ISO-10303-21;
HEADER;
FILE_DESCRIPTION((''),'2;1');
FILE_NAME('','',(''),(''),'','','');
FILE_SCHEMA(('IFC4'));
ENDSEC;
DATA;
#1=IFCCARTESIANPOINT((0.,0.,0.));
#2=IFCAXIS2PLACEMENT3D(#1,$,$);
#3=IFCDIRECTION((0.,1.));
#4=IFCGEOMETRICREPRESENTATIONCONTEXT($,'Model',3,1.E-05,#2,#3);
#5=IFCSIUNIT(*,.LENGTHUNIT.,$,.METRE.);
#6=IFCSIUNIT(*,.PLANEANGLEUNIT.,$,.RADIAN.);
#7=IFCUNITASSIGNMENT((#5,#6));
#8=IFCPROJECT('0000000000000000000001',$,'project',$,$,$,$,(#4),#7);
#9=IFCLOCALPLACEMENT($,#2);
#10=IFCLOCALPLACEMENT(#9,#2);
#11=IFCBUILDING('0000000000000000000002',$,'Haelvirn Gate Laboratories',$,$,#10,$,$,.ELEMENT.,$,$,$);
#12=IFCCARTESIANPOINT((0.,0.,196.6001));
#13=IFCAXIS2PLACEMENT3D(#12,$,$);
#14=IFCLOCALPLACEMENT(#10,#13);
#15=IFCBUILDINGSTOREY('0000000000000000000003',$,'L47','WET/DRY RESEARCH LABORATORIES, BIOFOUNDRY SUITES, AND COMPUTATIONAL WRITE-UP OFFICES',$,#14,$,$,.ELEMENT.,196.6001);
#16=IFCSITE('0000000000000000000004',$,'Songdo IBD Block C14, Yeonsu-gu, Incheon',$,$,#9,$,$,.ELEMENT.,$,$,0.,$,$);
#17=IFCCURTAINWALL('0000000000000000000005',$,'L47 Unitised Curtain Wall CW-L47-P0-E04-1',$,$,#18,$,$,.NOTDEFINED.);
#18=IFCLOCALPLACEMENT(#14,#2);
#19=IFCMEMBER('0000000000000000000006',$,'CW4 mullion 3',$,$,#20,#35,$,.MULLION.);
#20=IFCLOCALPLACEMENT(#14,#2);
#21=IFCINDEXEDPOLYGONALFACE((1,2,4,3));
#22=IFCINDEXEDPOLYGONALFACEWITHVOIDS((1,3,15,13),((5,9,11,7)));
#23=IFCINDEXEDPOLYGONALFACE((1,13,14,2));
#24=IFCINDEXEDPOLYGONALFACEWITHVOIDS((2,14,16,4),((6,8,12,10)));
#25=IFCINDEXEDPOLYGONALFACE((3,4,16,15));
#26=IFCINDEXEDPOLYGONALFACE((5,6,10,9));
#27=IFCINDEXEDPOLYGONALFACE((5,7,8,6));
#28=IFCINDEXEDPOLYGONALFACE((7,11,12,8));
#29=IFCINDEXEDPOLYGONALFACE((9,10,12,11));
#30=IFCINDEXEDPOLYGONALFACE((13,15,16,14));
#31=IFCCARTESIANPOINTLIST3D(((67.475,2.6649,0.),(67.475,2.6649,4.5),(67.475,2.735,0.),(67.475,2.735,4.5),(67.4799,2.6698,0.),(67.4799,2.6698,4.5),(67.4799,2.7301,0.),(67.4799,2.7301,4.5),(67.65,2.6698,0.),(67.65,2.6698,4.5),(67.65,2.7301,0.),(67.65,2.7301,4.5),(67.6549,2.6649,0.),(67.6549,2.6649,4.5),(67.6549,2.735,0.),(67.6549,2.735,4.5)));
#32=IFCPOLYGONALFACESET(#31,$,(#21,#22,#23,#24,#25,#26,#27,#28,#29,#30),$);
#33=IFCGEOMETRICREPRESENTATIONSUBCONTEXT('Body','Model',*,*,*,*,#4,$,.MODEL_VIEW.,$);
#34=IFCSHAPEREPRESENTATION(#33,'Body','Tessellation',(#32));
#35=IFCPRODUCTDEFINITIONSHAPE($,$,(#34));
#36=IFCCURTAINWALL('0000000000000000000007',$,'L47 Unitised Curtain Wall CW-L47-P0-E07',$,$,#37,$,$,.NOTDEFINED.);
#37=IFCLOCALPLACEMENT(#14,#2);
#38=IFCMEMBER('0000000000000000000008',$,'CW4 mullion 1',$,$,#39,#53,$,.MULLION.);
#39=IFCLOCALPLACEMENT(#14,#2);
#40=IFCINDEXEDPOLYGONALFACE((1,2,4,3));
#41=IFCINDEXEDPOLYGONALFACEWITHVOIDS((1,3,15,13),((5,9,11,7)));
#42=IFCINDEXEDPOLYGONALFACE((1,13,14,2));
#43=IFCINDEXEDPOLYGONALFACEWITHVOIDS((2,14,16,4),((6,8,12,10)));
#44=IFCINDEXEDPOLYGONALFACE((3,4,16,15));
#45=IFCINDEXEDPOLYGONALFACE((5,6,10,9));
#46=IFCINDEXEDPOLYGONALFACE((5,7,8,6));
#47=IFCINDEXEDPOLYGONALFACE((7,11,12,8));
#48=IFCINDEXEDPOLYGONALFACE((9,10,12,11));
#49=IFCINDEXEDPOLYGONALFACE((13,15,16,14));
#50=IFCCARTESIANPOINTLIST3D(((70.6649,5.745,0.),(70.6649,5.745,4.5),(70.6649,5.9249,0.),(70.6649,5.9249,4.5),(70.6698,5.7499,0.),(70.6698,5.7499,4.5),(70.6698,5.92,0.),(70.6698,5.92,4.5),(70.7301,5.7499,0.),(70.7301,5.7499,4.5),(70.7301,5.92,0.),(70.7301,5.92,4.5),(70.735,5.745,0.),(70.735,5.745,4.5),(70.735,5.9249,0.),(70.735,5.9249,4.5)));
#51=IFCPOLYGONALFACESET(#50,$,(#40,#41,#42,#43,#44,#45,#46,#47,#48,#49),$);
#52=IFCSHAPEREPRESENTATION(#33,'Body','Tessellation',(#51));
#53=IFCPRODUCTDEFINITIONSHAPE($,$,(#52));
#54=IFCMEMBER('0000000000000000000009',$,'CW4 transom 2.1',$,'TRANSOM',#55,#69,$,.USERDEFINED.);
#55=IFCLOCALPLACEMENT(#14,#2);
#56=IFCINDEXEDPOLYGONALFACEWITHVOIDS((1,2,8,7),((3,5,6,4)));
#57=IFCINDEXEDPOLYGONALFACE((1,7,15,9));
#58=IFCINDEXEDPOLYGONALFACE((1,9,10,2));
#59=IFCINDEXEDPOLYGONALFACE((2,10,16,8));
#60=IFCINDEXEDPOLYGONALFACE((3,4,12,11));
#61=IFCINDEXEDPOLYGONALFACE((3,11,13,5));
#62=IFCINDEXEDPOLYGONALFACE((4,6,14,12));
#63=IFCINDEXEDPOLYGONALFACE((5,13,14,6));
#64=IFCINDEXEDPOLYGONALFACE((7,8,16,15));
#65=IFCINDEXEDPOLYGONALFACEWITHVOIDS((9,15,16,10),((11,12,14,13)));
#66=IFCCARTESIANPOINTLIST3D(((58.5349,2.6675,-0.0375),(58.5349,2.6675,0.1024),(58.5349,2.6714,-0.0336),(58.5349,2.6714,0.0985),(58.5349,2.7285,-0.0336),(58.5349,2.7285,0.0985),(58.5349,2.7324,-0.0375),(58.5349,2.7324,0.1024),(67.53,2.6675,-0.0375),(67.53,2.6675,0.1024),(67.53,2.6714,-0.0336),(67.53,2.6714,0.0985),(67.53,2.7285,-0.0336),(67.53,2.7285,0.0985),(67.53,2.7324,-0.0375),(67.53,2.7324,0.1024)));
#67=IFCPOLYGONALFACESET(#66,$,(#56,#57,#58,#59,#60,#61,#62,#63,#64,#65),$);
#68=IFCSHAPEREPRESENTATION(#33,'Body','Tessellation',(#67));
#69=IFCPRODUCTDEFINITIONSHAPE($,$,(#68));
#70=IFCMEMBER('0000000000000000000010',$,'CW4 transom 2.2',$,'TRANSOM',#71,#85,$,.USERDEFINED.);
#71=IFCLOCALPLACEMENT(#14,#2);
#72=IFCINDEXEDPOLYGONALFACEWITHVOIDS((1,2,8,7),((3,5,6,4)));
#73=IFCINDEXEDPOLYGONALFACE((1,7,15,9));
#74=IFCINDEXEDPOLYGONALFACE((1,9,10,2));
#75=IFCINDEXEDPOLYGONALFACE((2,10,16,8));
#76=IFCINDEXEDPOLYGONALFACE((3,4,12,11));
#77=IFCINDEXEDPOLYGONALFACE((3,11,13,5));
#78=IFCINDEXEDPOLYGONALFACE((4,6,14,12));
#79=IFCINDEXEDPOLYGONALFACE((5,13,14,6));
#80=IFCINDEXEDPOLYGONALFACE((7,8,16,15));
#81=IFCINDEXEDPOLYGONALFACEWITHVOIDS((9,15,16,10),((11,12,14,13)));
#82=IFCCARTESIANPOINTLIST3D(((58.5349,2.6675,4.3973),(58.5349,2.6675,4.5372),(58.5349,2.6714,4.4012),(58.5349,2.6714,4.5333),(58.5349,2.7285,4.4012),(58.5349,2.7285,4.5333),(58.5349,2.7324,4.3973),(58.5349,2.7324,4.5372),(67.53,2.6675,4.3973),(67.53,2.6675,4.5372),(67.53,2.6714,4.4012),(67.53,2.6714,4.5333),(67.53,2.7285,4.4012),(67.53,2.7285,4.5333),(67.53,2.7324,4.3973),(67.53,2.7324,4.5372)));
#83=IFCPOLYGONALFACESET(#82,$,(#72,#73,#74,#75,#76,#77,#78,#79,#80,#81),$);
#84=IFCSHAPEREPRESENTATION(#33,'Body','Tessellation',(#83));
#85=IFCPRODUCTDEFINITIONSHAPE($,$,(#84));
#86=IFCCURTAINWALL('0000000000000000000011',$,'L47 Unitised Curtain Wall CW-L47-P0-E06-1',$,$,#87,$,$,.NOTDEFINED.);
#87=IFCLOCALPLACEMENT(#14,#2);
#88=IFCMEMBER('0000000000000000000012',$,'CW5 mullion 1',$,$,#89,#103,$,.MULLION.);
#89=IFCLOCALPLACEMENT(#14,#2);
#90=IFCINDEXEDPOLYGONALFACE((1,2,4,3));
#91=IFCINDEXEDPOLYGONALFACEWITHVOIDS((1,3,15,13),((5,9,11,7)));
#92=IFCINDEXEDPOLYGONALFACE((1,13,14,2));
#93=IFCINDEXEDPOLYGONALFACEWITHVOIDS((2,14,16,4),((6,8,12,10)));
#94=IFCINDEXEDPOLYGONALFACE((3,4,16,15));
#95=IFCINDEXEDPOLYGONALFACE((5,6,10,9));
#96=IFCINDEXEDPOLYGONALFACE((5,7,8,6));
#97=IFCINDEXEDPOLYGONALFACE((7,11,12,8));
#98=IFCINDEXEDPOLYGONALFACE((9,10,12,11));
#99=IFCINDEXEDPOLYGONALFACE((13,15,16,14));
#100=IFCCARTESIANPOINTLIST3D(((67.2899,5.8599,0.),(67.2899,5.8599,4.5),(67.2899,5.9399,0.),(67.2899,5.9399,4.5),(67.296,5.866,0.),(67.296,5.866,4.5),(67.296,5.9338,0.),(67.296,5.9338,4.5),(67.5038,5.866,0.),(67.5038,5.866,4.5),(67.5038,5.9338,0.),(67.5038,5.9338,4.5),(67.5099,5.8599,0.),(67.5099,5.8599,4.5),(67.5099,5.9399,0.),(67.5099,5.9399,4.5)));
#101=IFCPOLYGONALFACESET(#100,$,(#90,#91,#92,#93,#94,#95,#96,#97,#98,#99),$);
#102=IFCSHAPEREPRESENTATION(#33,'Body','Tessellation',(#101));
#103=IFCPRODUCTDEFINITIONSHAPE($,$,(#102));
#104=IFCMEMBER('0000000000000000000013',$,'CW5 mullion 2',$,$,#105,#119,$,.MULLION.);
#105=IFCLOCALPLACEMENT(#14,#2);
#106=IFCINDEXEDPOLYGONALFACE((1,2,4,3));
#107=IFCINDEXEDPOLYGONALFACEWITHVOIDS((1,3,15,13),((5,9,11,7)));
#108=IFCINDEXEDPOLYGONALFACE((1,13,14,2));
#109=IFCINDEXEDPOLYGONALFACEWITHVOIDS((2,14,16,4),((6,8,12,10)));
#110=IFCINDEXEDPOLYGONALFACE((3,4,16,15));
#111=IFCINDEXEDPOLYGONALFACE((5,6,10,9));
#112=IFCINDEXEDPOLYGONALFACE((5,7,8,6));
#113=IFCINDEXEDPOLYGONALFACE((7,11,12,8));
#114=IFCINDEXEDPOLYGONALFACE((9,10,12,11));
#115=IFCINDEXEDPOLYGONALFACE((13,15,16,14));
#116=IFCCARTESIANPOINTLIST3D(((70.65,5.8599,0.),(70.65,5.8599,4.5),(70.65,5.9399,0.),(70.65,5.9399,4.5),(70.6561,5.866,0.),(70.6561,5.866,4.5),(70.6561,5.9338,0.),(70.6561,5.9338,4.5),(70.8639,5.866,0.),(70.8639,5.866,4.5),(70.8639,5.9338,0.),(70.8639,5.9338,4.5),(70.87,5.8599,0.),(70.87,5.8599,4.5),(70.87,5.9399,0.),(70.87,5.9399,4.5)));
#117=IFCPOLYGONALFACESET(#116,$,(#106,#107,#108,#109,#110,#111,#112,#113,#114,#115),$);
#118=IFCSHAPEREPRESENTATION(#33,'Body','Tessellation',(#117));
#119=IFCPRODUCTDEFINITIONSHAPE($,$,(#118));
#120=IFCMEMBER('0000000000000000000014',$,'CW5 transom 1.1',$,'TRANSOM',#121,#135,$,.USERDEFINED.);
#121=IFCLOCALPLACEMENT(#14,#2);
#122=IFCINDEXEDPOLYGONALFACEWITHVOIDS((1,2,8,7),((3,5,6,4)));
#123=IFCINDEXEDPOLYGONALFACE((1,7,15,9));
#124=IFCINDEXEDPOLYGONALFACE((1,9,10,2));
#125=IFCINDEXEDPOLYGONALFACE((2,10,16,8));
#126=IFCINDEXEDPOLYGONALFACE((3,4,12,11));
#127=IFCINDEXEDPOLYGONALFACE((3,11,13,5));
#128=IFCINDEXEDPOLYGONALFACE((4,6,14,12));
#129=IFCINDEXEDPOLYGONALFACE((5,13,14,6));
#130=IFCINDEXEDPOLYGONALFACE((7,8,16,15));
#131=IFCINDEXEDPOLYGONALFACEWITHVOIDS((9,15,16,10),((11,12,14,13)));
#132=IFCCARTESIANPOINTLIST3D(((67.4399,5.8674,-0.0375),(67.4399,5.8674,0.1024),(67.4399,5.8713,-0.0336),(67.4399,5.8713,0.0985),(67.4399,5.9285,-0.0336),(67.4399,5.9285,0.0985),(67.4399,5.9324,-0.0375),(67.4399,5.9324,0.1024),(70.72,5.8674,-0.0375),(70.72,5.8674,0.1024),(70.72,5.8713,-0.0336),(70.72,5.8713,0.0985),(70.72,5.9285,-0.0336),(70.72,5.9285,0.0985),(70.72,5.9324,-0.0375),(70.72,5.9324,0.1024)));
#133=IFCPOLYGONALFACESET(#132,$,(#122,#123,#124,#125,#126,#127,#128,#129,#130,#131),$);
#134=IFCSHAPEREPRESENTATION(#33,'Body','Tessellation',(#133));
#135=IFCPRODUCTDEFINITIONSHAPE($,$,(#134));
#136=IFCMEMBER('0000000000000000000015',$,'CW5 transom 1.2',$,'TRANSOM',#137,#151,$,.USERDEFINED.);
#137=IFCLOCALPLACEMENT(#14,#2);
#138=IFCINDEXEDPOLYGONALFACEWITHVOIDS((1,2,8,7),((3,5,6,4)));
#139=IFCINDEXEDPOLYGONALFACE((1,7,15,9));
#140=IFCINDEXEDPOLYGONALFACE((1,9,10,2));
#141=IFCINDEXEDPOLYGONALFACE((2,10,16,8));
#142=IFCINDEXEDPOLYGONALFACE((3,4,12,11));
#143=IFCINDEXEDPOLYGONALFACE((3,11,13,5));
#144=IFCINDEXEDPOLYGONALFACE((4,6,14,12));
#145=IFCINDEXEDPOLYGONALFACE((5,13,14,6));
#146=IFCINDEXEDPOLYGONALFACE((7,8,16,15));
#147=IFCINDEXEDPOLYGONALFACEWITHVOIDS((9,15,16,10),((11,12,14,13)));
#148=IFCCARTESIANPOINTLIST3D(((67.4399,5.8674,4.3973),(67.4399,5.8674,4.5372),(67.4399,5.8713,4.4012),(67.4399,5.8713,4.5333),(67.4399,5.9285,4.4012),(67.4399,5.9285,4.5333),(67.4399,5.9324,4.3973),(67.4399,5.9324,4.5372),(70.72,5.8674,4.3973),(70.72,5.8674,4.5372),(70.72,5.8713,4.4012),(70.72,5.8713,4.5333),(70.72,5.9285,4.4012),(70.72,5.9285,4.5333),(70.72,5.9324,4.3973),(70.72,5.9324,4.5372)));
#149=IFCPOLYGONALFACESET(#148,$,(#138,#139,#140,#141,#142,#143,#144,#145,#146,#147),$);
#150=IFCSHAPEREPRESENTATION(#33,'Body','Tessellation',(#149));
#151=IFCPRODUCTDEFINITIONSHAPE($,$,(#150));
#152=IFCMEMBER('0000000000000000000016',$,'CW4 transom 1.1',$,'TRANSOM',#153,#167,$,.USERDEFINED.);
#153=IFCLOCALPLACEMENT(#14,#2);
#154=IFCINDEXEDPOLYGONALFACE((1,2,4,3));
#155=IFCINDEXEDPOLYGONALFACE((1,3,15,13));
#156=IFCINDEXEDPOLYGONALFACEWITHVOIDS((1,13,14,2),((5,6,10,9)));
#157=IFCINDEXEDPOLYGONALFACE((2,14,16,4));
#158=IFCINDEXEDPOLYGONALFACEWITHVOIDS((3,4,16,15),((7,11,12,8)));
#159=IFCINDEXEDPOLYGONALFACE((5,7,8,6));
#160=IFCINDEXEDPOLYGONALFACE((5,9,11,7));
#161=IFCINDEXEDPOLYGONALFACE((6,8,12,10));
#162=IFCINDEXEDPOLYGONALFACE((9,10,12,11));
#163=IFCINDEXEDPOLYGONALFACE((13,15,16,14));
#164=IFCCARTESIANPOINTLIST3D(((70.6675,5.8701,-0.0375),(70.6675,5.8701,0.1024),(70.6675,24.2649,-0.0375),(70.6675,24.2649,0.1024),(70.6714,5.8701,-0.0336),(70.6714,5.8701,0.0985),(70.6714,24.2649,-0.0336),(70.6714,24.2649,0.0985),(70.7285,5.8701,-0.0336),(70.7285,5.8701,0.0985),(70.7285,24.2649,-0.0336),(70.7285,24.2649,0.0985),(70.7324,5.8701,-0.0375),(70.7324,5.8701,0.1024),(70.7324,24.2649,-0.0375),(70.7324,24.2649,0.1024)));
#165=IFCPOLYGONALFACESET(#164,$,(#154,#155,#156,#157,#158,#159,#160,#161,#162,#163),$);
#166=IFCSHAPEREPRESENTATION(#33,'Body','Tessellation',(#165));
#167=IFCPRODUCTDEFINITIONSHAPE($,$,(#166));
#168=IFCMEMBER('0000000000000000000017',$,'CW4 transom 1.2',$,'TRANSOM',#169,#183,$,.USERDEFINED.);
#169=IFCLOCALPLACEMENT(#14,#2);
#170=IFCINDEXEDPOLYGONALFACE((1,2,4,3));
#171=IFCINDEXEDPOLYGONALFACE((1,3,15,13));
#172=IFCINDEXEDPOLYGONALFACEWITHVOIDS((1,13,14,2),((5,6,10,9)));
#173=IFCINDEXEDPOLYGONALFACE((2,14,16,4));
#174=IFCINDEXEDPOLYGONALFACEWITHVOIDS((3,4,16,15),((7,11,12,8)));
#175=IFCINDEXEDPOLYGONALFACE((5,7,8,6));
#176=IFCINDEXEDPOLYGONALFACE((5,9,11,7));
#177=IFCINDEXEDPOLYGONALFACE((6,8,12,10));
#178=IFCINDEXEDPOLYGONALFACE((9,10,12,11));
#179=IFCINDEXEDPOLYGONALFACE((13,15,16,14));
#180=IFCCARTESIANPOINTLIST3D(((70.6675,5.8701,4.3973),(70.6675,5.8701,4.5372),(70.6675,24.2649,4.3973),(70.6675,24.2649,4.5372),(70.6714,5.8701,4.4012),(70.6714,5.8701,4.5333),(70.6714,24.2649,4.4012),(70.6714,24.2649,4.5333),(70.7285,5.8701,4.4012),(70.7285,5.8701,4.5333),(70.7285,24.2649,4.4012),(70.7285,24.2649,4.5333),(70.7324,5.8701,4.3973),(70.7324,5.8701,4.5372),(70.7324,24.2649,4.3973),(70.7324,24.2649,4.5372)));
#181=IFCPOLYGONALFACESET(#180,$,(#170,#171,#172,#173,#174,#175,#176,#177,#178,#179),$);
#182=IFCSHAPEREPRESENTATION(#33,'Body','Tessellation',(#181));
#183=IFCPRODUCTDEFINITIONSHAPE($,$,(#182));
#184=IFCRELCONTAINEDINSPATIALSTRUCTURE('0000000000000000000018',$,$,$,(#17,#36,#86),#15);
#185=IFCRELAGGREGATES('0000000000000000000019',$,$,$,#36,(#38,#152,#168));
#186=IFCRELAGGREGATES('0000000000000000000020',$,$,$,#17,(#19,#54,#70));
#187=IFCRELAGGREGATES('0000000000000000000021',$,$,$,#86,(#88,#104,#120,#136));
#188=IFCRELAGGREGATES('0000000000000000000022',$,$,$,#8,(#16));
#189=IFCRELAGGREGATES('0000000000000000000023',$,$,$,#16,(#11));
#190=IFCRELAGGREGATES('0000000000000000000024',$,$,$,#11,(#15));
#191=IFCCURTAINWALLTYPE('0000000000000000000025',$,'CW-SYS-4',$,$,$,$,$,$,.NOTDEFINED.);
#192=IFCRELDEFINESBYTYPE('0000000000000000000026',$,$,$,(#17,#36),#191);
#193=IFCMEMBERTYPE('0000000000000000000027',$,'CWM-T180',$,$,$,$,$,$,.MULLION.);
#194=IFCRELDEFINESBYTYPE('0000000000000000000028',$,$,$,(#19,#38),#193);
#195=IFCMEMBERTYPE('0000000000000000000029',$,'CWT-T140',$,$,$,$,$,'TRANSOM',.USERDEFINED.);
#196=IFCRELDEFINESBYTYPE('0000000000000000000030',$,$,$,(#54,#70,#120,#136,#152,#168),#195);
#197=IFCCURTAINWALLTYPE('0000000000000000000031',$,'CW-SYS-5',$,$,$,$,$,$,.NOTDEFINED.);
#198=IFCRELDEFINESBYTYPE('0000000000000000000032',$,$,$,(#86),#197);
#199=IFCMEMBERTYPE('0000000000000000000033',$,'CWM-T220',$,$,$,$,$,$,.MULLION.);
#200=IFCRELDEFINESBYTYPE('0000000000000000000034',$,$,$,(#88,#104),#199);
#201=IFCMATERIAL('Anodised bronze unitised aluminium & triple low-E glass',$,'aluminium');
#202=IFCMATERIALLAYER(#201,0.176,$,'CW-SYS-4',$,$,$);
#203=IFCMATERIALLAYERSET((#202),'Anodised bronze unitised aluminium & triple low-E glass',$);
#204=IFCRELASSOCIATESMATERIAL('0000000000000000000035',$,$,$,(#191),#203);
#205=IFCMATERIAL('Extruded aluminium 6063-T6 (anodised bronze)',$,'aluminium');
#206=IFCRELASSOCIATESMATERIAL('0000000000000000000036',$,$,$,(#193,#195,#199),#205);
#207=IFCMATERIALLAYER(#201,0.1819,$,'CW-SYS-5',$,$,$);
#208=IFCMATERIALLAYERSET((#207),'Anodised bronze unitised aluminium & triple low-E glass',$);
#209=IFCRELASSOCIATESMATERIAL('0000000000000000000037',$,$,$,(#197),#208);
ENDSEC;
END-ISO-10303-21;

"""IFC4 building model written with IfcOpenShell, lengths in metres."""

from ifc_helpers import new_model, si_unit, direction, frame, origin, origin_2d, place, context, subcontext, project, spatial, hollow_rectangle, extrude, source, transform, mapped, material, layer, layer_set, material_profile, profile_set, type_object, type_shapes, element, aggregate, save


model = new_model("IFC4")

# Units and contexts
model_context = context("Model", 3, precision=1e-05, world=origin(), true_north=direction((0.0, 1.0)))
body_context = subcontext(model_context, "Body", "Model", "MODEL_VIEW")
ifc_project = project(units=[si_unit("LENGTHUNIT", "METRE"), si_unit("PLANEANGLEUNIT", "RADIAN")], contexts=[model_context])

# Site, building, storey
site_placement = place(None, origin())
site = spatial("IfcSite", under=ifc_project, at=site_placement, Name="Songdo IBD Block C14, Yeonsu-gu, Incheon", CompositionType="ELEMENT", RefElevation=0.0)
building_placement = place(site_placement, origin())
building = spatial("IfcBuilding", under=site, at=building_placement, Name="Haelvirn Gate Laboratories", CompositionType="ELEMENT")
storey_placement = place(building_placement, frame((0.0, 0.0, 196.6001)))
storey = spatial("IfcBuildingStorey", under=building, at=storey_placement, Name="L47", Description="WET/DRY RESEARCH LABORATORIES, BIOFOUNDRY SUITES, AND COMPUTATIONAL WRITE-UP OFFICES", CompositionType="ELEMENT", Elevation=196.6001)

# Curtain wall, member
ifc_material_1 = material(Name="Anodised bronze unitised aluminium & triple low-E glass", Category="aluminium")
ifc_layer_1 = layer(ifc_material_1, 0.176, Name="CW-SYS-4")
ifc_layer_set_1 = layer_set([ifc_layer_1], Name="Anodised bronze unitised aluminium & triple low-E glass")
curtain_wall_type_1 = type_object("IfcCurtainWallType", Name="CW-SYS-4", PredefinedType="NOTDEFINED", material=ifc_layer_set_1)
curtain_wall_1_placement = place(storey_placement, origin())
curtain_wall_1 = element("IfcCurtainWall", 1, at=curtain_wall_1_placement, inside=storey, type_object=curtain_wall_type_1, Name="L47 Unitised Curtain Wall CW-L47-P0-E04-1", PredefinedType="NOTDEFINED")
ifc_material_2 = material(Name="Extruded aluminium 6063-T6 (anodised bronze)", Category="aluminium")
ifc_material_profile_1 = material_profile(ifc_material_2, hollow_rectangle(XDim=0.0701, YDim=0.1799, WallThickness=0.0049, at=origin_2d()), Name="CWM-180x70x5")
ifc_profile_set_1 = profile_set([ifc_material_profile_1], Name="Extruded aluminium 6063-T6 (anodised bronze)")
member_type_1 = type_object("IfcMemberType", Name="CWM-T180", PredefinedType="MULLION", material=ifc_profile_set_1)
shared_shape_1 = source(origin(), body_context, "Body", "SweptSolid", [
    extrude(hollow_rectangle(XDim=0.0701, YDim=0.1799, WallThickness=0.0049, at=origin_2d()), origin(), (0.0, 0.0, 1.0), 4.5),
])
type_shapes(member_type_1, [shared_shape_1])
member_1_placement = place(storey_placement, frame((67.5649, 2.7, 0.0), z_axis=(0.0, 0.0, 1.0), x_axis=(0.0, 1.0, 0.0)))
member_1 = element("IfcMember", 2, at=member_1_placement, type_object=member_type_1, Name="CW4 mullion 3", PredefinedType="MULLION", context=body_context, shape_type="MappedRepresentation", body=[
    mapped(shared_shape_1, transform((0.0, 0.0, 0.0), scale=1.0)),
])

# Curtain wall, member
curtain_wall_2_placement = place(storey_placement, origin())
curtain_wall_2 = element("IfcCurtainWall", 3, at=curtain_wall_2_placement, inside=storey, type_object=curtain_wall_type_1, Name="L47 Unitised Curtain Wall CW-L47-P0-E07", PredefinedType="NOTDEFINED")
member_2_placement = place(storey_placement, frame((70.7, 5.835, 0.0), z_axis=(0.0, 0.0, 1.0), x_axis=(-1.0, 0.0, 0.0)))
member_2 = element("IfcMember", 4, at=member_2_placement, type_object=member_type_1, Name="CW4 mullion 1", PredefinedType="MULLION", context=body_context, shape_type="MappedRepresentation", body=[
    mapped(shared_shape_1, transform((0.0, 0.0, 0.0), scale=1.0)),
])

# Members
ifc_material_profile_2 = material_profile(ifc_material_2, hollow_rectangle(XDim=0.0649, YDim=0.1399, WallThickness=0.0039, at=origin_2d()), Name="CWT-140x65x4")
ifc_profile_set_2 = profile_set([ifc_material_profile_2], Name="Extruded aluminium 6063-T6 (anodised bronze)")
member_type_2 = type_object("IfcMemberType", Name="CWT-T140", ElementType="TRANSOM", PredefinedType="USERDEFINED", material=ifc_profile_set_2)
shared_shape_2 = source(origin(), body_context, "Body", "SweptSolid", [
    extrude(hollow_rectangle(XDim=0.0649, YDim=0.1399, WallThickness=0.0039, at=origin_2d()), origin(), (0.0, 0.0, 1.0), 8.9951),
])
member_3_placement = place(storey_placement, frame((58.5349, 2.7, 0.0325), z_axis=(1.0, 0.0, 0.0), x_axis=(0.0, 1.0, 0.0)))
member_3 = element("IfcMember", 5, at=member_3_placement, type_object=member_type_2, Name="CW4 transom 2.1", ObjectType="TRANSOM", PredefinedType="USERDEFINED", context=body_context, shape_type="MappedRepresentation", body=[
    mapped(shared_shape_2, transform((0.0, 0.0, 0.0), scale=1.0)),
])
member_4_placement = place(storey_placement, frame((58.5349, 2.7, 4.4673), z_axis=(1.0, 0.0, 0.0), x_axis=(0.0, 1.0, 0.0)))
member_4 = element("IfcMember", 6, at=member_4_placement, type_object=member_type_2, Name="CW4 transom 2.2", ObjectType="TRANSOM", PredefinedType="USERDEFINED", context=body_context, shape_type="MappedRepresentation", body=[
    mapped(shared_shape_2, transform((0.0, 0.0, 0.0), scale=1.0)),
])

# Curtain wall, members
ifc_layer_2 = layer(ifc_material_1, 0.1819, Name="CW-SYS-5")
ifc_layer_set_2 = layer_set([ifc_layer_2], Name="Anodised bronze unitised aluminium & triple low-E glass")
curtain_wall_type_2 = type_object("IfcCurtainWallType", Name="CW-SYS-5", PredefinedType="NOTDEFINED", material=ifc_layer_set_2)
curtain_wall_3_placement = place(storey_placement, origin())
curtain_wall_3 = element("IfcCurtainWall", 7, at=curtain_wall_3_placement, inside=storey, type_object=curtain_wall_type_2, Name="L47 Unitised Curtain Wall CW-L47-P0-E06-1", PredefinedType="NOTDEFINED")
ifc_material_profile_3 = material_profile(ifc_material_2, hollow_rectangle(XDim=0.0801, YDim=0.22, WallThickness=0.0061, at=origin_2d()), Name="CWM-220x80x6")
ifc_profile_set_3 = profile_set([ifc_material_profile_3], Name="Extruded aluminium 6063-T6 (anodised bronze)")
member_type_3 = type_object("IfcMemberType", Name="CWM-T220", PredefinedType="MULLION", material=ifc_profile_set_3)
shared_shape_3 = source(origin(), body_context, "Body", "SweptSolid", [
    extrude(hollow_rectangle(XDim=0.0801, YDim=0.22, WallThickness=0.0061, at=origin_2d()), origin(), (0.0, 0.0, 1.0), 4.5),
])
type_shapes(member_type_3, [shared_shape_3])
member_5_placement = place(storey_placement, frame((67.3999, 5.8999, 0.0), z_axis=(0.0, 0.0, 1.0), x_axis=(0.0, 1.0, 0.0)))
member_5 = element("IfcMember", 8, at=member_5_placement, type_object=member_type_3, Name="CW5 mullion 1", PredefinedType="MULLION", context=body_context, shape_type="MappedRepresentation", body=[
    mapped(shared_shape_3, transform((0.0, 0.0, 0.0), scale=1.0)),
])
member_6_placement = place(storey_placement, frame((70.76, 5.8999, 0.0), z_axis=(0.0, 0.0, 1.0), x_axis=(0.0, 1.0, 0.0)))
member_6 = element("IfcMember", 9, at=member_6_placement, type_object=member_type_3, Name="CW5 mullion 2", PredefinedType="MULLION", context=body_context, shape_type="MappedRepresentation", body=[
    mapped(shared_shape_3, transform((0.0, 0.0, 0.0), scale=1.0)),
])
shared_shape_4 = source(origin(), body_context, "Body", "SweptSolid", [
    extrude(hollow_rectangle(XDim=0.0649, YDim=0.1399, WallThickness=0.0039, at=origin_2d()), origin(), (0.0, 0.0, 1.0), 3.28),
])
member_7_placement = place(storey_placement, frame((67.4399, 5.8999, 0.0325), z_axis=(1.0, 0.0, 0.0), x_axis=(0.0, 1.0, 0.0)))
member_7 = element("IfcMember", 10, at=member_7_placement, type_object=member_type_2, Name="CW5 transom 1.1", ObjectType="TRANSOM", PredefinedType="USERDEFINED", context=body_context, shape_type="MappedRepresentation", body=[
    mapped(shared_shape_4, transform((0.0, 0.0, 0.0), scale=1.0)),
])
member_8_placement = place(storey_placement, frame((67.4399, 5.8999, 4.4673), z_axis=(1.0, 0.0, 0.0), x_axis=(0.0, 1.0, 0.0)))
member_8 = element("IfcMember", 11, at=member_8_placement, type_object=member_type_2, Name="CW5 transom 1.2", ObjectType="TRANSOM", PredefinedType="USERDEFINED", context=body_context, shape_type="MappedRepresentation", body=[
    mapped(shared_shape_4, transform((0.0, 0.0, 0.0), scale=1.0)),
])

# Members
shared_shape_5 = source(origin(), body_context, "Body", "SweptSolid", [
    extrude(hollow_rectangle(XDim=0.0649, YDim=0.1399, WallThickness=0.0039, at=origin_2d()), origin(), (0.0, 0.0, 1.0), 18.3948),
])
type_shapes(member_type_2, [shared_shape_2, shared_shape_4, shared_shape_5])
member_9_placement = place(storey_placement, frame((70.7, 5.8701, 0.0325), z_axis=(0.0, 1.0, 0.0), x_axis=(-1.0, 0.0, 0.0)))
member_9 = element("IfcMember", 12, at=member_9_placement, type_object=member_type_2, Name="CW4 transom 1.1", ObjectType="TRANSOM", PredefinedType="USERDEFINED", context=body_context, shape_type="MappedRepresentation", body=[
    mapped(shared_shape_5, transform((0.0, 0.0, 0.0), scale=1.0)),
])
member_10_placement = place(storey_placement, frame((70.7, 5.8701, 4.4673), z_axis=(0.0, 1.0, 0.0), x_axis=(-1.0, 0.0, 0.0)))
member_10 = element("IfcMember", 13, at=member_10_placement, type_object=member_type_2, Name="CW4 transom 1.2", ObjectType="TRANSOM", PredefinedType="USERDEFINED", context=body_context, shape_type="MappedRepresentation", body=[
    mapped(shared_shape_5, transform((0.0, 0.0, 0.0), scale=1.0)),
])
aggregate(curtain_wall_2, [member_2, member_9, member_10])

aggregate(curtain_wall_1, [member_1, member_3, member_4])
aggregate(curtain_wall_3, [member_5, member_6, member_7, member_8])

save(model, "model.ifc")
